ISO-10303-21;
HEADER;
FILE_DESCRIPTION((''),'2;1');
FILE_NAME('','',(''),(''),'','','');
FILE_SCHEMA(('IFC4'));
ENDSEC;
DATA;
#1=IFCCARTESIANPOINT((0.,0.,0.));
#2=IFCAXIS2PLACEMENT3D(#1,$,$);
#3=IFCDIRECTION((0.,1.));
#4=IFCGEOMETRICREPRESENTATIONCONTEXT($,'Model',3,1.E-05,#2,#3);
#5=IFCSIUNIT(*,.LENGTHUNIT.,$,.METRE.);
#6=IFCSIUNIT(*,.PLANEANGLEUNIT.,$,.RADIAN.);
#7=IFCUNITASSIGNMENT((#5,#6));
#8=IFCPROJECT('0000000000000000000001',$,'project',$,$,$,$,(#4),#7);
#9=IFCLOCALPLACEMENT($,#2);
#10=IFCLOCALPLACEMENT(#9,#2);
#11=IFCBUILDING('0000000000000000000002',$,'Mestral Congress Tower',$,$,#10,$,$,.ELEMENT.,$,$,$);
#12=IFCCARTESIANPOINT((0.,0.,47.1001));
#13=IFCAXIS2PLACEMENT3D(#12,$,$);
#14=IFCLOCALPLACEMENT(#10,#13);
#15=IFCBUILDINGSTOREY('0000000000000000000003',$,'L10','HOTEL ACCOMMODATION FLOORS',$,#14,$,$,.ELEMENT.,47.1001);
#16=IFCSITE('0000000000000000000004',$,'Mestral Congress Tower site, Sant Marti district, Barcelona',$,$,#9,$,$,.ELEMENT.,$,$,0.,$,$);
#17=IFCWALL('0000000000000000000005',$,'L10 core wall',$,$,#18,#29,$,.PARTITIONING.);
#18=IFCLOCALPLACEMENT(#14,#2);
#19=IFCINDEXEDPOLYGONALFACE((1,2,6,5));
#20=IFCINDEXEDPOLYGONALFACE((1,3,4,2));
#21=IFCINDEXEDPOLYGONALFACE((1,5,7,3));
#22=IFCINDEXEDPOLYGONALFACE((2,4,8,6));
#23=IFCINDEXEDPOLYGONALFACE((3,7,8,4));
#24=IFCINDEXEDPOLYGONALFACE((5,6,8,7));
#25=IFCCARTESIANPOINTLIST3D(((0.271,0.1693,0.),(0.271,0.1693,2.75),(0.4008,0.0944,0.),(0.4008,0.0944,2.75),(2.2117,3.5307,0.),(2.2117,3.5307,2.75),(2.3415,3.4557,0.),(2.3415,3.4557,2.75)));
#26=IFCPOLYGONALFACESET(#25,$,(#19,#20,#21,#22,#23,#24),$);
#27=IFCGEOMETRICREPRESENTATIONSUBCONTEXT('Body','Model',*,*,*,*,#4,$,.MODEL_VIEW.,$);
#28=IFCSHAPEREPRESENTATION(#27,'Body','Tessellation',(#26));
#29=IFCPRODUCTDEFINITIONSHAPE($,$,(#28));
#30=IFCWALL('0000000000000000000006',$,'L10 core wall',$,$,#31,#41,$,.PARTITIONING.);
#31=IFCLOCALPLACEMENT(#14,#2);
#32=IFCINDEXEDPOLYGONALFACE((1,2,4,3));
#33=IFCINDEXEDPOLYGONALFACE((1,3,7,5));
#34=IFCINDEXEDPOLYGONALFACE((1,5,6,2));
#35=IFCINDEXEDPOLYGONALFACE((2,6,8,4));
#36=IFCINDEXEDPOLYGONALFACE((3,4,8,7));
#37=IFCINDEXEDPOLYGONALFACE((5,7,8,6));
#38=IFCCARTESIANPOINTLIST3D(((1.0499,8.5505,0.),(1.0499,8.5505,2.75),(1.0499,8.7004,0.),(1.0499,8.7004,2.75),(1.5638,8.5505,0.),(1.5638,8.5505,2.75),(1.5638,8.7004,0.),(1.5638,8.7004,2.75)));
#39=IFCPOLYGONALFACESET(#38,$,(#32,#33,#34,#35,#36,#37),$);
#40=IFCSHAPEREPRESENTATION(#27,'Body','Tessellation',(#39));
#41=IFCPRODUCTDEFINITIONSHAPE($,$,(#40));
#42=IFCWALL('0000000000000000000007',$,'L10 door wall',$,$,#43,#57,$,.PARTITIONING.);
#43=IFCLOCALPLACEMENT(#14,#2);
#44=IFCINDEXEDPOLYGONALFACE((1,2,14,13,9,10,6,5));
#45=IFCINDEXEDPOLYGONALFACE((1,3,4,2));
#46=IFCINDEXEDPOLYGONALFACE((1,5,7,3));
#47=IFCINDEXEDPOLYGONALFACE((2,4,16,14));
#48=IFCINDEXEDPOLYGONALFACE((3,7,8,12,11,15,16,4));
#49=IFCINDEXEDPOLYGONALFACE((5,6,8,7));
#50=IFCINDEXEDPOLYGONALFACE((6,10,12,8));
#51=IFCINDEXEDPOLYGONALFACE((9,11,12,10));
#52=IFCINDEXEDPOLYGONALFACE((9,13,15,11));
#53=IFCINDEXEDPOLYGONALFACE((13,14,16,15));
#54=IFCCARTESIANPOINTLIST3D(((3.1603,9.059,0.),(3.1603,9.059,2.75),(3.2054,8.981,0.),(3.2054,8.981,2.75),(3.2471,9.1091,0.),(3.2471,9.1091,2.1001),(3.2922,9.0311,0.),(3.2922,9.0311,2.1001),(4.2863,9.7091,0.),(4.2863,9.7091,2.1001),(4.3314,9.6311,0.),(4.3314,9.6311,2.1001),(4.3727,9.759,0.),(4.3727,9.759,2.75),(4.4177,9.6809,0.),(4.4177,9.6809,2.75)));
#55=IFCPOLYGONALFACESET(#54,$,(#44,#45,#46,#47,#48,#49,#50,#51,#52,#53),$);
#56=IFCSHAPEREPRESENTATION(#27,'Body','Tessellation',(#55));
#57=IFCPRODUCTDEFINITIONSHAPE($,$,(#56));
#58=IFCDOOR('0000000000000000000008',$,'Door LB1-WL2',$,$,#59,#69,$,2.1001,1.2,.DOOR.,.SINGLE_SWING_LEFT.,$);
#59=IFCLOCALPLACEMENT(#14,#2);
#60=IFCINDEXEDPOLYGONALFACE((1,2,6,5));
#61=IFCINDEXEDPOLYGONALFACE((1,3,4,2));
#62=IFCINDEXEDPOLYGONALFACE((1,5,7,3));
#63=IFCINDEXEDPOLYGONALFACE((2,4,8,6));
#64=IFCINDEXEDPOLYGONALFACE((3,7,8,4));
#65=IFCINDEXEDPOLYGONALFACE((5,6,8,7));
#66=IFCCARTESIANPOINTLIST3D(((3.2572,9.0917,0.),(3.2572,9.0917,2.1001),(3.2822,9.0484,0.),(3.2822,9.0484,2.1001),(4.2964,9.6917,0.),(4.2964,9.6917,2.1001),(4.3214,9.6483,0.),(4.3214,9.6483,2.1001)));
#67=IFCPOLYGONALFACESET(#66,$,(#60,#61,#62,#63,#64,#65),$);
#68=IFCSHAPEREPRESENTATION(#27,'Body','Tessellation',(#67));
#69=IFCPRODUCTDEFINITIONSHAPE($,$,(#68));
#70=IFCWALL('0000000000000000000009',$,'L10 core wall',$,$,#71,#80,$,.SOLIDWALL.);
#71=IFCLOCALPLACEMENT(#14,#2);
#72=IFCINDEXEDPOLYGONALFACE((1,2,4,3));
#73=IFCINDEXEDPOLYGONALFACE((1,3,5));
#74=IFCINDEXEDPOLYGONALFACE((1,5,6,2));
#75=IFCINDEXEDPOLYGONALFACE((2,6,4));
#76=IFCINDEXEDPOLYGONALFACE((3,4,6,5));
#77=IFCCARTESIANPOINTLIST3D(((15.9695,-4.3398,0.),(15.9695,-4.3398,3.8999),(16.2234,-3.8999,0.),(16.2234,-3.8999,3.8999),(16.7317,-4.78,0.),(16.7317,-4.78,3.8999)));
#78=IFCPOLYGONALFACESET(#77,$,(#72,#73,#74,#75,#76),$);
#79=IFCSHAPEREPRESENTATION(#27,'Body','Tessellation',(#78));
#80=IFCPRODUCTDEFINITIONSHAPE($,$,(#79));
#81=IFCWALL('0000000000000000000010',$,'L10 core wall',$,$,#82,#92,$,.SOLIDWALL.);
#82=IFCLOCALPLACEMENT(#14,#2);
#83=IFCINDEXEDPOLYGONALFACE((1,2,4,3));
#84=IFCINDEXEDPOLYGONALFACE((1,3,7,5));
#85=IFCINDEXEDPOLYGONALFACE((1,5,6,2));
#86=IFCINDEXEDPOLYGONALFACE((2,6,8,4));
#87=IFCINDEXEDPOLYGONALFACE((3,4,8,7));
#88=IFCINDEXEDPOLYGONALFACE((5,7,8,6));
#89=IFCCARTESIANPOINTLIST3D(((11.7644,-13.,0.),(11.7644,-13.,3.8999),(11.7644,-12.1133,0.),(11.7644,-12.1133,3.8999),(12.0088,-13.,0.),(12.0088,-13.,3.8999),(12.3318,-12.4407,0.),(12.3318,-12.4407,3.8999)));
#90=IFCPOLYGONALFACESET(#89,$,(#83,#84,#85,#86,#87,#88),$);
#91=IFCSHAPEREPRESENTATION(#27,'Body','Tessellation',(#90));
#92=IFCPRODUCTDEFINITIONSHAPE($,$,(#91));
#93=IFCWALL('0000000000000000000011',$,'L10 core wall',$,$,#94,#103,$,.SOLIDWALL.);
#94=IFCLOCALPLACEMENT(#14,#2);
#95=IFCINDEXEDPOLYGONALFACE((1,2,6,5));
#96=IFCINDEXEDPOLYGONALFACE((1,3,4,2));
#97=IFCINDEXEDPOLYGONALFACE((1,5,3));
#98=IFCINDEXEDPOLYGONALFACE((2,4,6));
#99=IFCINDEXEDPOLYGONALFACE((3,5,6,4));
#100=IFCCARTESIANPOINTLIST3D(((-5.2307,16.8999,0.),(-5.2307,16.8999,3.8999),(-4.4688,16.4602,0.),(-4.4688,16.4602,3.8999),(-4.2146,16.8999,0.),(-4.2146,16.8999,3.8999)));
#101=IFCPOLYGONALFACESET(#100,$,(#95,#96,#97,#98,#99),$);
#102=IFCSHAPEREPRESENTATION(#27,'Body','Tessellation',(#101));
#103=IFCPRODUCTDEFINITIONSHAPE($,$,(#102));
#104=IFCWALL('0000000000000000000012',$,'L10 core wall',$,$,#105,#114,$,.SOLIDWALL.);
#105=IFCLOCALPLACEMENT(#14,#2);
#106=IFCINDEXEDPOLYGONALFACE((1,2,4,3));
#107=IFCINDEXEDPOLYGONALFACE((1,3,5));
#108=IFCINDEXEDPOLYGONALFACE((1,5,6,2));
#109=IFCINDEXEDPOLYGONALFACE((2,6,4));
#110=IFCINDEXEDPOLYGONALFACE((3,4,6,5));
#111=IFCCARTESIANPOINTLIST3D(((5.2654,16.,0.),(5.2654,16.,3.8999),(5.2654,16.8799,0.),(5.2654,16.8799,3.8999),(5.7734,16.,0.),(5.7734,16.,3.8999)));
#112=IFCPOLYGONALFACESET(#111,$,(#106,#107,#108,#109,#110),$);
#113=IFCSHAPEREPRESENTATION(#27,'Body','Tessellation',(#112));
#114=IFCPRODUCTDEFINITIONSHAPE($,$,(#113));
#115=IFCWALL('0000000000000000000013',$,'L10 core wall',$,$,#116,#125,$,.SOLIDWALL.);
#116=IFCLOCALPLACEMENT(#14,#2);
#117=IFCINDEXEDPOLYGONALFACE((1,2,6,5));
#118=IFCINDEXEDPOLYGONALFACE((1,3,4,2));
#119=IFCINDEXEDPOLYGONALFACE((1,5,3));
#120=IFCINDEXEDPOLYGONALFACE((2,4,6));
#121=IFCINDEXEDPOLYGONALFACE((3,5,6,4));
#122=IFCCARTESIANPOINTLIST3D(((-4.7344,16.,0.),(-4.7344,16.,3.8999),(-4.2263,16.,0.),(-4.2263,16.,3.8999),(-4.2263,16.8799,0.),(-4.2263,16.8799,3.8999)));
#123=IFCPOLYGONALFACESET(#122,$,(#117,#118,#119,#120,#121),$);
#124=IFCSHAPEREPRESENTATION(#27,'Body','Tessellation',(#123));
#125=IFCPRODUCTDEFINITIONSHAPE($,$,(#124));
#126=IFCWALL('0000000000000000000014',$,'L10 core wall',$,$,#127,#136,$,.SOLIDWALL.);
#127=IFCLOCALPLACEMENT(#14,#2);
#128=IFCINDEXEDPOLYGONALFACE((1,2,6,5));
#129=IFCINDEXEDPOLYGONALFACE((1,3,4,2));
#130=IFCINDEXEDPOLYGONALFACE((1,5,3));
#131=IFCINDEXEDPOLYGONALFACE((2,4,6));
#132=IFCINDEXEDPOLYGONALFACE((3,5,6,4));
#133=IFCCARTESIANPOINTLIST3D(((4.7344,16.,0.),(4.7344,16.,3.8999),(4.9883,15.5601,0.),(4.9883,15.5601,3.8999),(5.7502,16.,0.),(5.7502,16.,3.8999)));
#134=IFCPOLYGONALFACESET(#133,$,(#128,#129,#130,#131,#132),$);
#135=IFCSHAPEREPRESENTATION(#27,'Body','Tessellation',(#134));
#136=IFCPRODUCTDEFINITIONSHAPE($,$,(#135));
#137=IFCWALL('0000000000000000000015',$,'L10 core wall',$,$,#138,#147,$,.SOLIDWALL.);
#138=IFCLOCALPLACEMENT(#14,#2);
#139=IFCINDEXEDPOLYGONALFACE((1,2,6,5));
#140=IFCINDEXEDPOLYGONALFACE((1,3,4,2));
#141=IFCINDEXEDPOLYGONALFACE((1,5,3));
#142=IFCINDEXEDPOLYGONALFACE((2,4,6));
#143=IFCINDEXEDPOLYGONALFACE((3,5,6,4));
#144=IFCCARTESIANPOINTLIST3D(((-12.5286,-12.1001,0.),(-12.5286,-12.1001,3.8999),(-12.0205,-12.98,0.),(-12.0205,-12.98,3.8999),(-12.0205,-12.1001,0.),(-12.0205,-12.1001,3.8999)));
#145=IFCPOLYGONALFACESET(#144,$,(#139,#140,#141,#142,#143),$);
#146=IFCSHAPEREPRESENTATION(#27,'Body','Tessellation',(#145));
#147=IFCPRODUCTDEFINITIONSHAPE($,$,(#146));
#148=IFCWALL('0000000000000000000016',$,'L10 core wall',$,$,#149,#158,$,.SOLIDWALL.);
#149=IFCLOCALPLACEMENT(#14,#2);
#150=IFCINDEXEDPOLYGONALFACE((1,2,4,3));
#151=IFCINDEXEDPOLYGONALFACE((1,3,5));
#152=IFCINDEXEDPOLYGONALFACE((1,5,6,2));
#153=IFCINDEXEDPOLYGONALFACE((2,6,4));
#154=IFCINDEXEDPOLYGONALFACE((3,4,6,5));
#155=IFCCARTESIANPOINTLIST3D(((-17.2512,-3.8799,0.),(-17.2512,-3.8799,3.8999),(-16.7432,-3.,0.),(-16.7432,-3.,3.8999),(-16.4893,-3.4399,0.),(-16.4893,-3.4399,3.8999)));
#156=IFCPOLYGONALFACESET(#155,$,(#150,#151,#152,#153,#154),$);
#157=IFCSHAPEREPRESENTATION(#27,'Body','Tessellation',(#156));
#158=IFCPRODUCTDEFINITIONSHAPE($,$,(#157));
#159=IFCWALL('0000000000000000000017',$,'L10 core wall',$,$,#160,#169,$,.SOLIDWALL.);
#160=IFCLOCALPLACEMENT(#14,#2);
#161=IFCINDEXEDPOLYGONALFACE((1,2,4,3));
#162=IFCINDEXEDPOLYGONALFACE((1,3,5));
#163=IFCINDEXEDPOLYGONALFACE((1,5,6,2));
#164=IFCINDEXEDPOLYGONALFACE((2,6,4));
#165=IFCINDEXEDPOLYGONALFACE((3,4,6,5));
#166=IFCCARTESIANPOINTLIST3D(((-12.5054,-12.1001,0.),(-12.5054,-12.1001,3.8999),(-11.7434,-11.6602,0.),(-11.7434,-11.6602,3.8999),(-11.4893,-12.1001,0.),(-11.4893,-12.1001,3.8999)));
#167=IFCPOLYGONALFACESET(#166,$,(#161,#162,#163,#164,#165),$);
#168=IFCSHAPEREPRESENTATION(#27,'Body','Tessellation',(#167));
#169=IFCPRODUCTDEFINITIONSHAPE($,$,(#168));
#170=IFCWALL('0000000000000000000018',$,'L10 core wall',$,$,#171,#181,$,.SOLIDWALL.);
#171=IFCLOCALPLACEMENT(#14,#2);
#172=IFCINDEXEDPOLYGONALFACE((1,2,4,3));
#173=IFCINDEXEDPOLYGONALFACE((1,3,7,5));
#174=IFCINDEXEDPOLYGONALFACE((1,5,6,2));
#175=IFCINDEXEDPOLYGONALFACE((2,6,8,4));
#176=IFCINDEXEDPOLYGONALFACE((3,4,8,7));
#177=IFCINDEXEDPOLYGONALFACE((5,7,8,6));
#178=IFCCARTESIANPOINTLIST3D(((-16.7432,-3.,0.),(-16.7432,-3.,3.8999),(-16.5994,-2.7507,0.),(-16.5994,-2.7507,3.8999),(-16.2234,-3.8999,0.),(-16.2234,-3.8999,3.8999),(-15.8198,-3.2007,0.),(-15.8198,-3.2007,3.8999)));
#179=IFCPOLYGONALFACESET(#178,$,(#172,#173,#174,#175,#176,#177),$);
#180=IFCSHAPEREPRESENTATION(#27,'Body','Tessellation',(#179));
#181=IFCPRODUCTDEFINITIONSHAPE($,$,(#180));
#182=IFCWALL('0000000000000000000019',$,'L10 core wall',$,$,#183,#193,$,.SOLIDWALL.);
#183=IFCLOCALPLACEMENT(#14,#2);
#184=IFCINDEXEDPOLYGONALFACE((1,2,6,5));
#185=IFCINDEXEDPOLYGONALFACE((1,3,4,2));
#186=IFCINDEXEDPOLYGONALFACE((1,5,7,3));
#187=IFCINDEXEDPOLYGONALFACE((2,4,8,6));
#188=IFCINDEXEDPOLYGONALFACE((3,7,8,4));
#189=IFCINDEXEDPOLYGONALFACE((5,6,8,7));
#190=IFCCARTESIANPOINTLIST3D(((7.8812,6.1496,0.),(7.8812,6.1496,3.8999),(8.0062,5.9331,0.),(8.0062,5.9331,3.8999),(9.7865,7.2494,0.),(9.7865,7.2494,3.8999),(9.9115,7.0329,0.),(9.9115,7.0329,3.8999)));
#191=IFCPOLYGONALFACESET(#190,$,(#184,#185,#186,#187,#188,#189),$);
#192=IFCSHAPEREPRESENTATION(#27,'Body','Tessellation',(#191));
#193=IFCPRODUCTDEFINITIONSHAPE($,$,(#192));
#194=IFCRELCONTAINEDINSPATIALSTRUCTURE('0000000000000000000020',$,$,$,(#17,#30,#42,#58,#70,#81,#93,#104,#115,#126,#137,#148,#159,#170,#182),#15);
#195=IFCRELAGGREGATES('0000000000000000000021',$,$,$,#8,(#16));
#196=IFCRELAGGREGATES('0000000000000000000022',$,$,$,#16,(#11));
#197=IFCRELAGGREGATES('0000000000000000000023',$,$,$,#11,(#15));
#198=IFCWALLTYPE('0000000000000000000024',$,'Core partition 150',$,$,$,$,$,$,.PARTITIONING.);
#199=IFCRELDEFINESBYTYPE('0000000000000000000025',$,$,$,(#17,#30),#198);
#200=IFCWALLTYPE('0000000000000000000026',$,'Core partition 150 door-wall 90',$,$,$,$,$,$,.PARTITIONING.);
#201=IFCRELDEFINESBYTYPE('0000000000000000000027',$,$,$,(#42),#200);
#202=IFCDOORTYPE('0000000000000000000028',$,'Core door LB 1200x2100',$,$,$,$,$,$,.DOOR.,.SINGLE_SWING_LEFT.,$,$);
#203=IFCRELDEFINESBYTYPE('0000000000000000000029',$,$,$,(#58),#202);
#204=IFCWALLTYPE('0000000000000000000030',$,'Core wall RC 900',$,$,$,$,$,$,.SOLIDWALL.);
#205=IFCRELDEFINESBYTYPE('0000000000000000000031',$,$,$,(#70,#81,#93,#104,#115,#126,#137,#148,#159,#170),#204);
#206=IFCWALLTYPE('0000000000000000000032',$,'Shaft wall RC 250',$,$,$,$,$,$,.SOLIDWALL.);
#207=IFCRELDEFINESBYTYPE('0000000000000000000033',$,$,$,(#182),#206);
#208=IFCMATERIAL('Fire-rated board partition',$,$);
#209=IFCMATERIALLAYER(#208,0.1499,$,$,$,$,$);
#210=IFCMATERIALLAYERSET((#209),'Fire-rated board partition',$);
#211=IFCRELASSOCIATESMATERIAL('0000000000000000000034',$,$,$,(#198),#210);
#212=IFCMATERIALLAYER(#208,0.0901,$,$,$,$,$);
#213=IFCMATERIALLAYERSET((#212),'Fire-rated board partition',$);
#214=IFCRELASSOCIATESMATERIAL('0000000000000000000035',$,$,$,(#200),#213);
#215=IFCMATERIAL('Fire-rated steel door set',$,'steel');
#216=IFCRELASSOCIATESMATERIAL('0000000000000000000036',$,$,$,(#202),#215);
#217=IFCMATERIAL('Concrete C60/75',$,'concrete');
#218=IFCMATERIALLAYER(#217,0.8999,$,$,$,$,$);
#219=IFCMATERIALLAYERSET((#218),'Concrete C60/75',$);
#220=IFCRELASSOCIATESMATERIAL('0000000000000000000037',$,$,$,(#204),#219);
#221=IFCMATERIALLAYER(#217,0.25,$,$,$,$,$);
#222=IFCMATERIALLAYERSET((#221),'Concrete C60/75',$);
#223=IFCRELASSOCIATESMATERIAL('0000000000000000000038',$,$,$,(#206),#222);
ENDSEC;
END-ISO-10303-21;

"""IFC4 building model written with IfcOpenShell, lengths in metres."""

from ifc_helpers import new_model, si_unit, direction, frame, frame_2d, origin, place, context, subcontext, project, spatial, polyline, rectangle, outline, extrude, material, layer, layer_set, type_object, element, fill, save


model = new_model("IFC4")

# Units and contexts
model_context = context("Model", 3, precision=1e-05, world=origin(), true_north=direction((0.0, 1.0)))
body_context = subcontext(model_context, "Body", "Model", "MODEL_VIEW")
ifc_project = project(units=[si_unit("LENGTHUNIT", "METRE"), si_unit("PLANEANGLEUNIT", "RADIAN")], contexts=[model_context])

# Site, building, storey
site_placement = place(None, origin())
site = spatial("IfcSite", under=ifc_project, at=site_placement, Name="Mestral Congress Tower site, Sant Marti district, Barcelona", CompositionType="ELEMENT", RefElevation=0.0)
building_placement = place(site_placement, origin())
building = spatial("IfcBuilding", under=site, at=building_placement, Name="Mestral Congress Tower", CompositionType="ELEMENT")
storey_placement = place(building_placement, frame((0.0, 0.0, 47.1001)))
storey = spatial("IfcBuildingStorey", under=building, at=storey_placement, Name="L10", Description="HOTEL ACCOMMODATION FLOORS", CompositionType="ELEMENT", Elevation=47.1001)

# Walls
ifc_material_1 = material(Name="Fire-rated board partition")
ifc_layer_1 = layer(ifc_material_1, 0.1499)
ifc_layer_set_1 = layer_set([ifc_layer_1], Name="Fire-rated board partition")
wall_type_1 = type_object("IfcWallType", Name="Core partition 150", PredefinedType="PARTITIONING", material=ifc_layer_set_1)
wall_1_placement = place(storey_placement, frame((0.3359, 0.1318, 0.0), z_axis=(0.0, 0.0, 1.0), x_axis=(0.500002, 0.866024, 0.0)))
element("IfcWall", 1, at=wall_1_placement, inside=storey, type_object=wall_type_1, Name="L10 core wall", PredefinedType="PARTITIONING", context=body_context, shape_type="SweptSolid", body=[
    extrude(rectangle(XDim=3.8813, YDim=0.1499, at=frame_2d((1.9407, 0.0))), origin(), (0.0, 0.0, 1.0), 2.75),
])
wall_2_placement = place(storey_placement, frame((1.05, 8.6255, 0.0), z_axis=(0.0, 0.0, 1.0), x_axis=(1.0, 0.0, 0.0)))
element("IfcWall", 2, at=wall_2_placement, inside=storey, type_object=wall_type_1, Name="L10 core wall", PredefinedType="PARTITIONING", context=body_context, shape_type="SweptSolid", body=[
    extrude(rectangle(XDim=0.5139, YDim=0.1499, at=frame_2d((0.2568, 0.0))), origin(), (0.0, 0.0, 1.0), 2.75),
])

# Wall, opening, door
ifc_layer_2 = layer(ifc_material_1, 0.0901)
ifc_layer_set_2 = layer_set([ifc_layer_2], Name="Fire-rated board partition")
wall_type_2 = type_object("IfcWallType", Name="Core partition 150 door-wall 90", PredefinedType="PARTITIONING", material=ifc_layer_set_2)
wall_3_placement = place(storey_placement, frame((3.1829, 9.02, 0.0), z_axis=(0.0, 0.0, 1.0), x_axis=(0.866035, 0.499984, 0.0)))
wall_3 = element("IfcWall", 3, at=wall_3_placement, inside=storey, type_object=wall_type_2, Name="L10 door wall", PredefinedType="PARTITIONING", context=body_context, shape_type="SweptSolid", body=[
    extrude(rectangle(XDim=1.3999, YDim=0.0901, at=frame_2d((0.7, 0.0))), origin(), (0.0, 0.0, 1.0), 2.75),
])
opening_1_placement = place(wall_3_placement, frame((0.1001, 0.0, 0.0)))
opening_1 = element("IfcOpeningElement", 4, at=opening_1_placement, cuts=wall_3, PredefinedType="OPENING", context=body_context, shape_type="SweptSolid", body=[
    extrude(rectangle(XDim=1.2, YDim=2.1001, at=frame_2d((0.6001, 1.05))), frame((0.0, 0.0549, 0.0), z_axis=(0.0, -1.0, 0.0), x_axis=(1.0, 0.0, 0.0)), (0.0, 0.0, 1.0), 0.1101),
])
ifc_material_2 = material(Name="Fire-rated steel door set", Category="steel")
door_type_1 = type_object("IfcDoorType", Name="Core door LB 1200x2100", OperationType="SINGLE_SWING_LEFT", PredefinedType="DOOR", material=ifc_material_2)
door_1_placement = place(opening_1_placement, origin())
door_1 = element("IfcDoor", 5, at=door_1_placement, inside=storey, type_object=door_type_1, Name="Door LB1-WL2", OperationType="SINGLE_SWING_LEFT", OverallHeight=2.1001, OverallWidth=1.2, PredefinedType="DOOR", context=body_context, shape_type="SweptSolid", body=[
    extrude(rectangle(XDim=1.2, YDim=2.1001, at=frame_2d((0.6001, 1.05))), frame((0.0, 0.0249, 0.0), z_axis=(0.0, -1.0, 0.0), x_axis=(1.0, 0.0, 0.0)), (0.0, 0.0, 1.0), 0.05),
])
fill(opening_1, door_1)

# Walls
ifc_material_3 = material(Name="Concrete C60/75", Category="concrete")
ifc_layer_3 = layer(ifc_material_3, 0.8999)
ifc_layer_set_3 = layer_set([ifc_layer_3], Name="Concrete C60/75")
wall_type_3 = type_object("IfcWallType", Name="Core wall RC 900", PredefinedType="SOLIDWALL", material=ifc_layer_set_3)
placement = place(storey_placement, origin())
element("IfcWall", 6, at=placement, inside=storey, type_object=wall_type_3, Name="L10 core wall", PredefinedType="SOLIDWALL", context=body_context, shape_type="SweptSolid", body=[
    extrude(outline(polyline([(16.2234, -3.8999), (16.7317, -4.78), (15.9695, -4.3398), (16.2234, -3.8999)])), origin(), (0.0, 0.0, 1.0), 3.8999),
])
element("IfcWall", 7, at=placement, inside=storey, type_object=wall_type_3, Name="L10 core wall", PredefinedType="SOLIDWALL", context=body_context, shape_type="SweptSolid", body=[
    extrude(outline(polyline([(12.0088, -13.0), (11.7644, -13.0), (11.7644, -12.1133), (12.3318, -12.4407), (12.0088, -13.0)])), origin(), (0.0, 0.0, 1.0), 3.8999),
])
element("IfcWall", 8, at=placement, inside=storey, type_object=wall_type_3, Name="L10 core wall", PredefinedType="SOLIDWALL", context=body_context, shape_type="SweptSolid", body=[
    extrude(outline(polyline([(-4.2146, 16.8999), (-4.4688, 16.4602), (-5.2307, 16.8999), (-4.2146, 16.8999)])), origin(), (0.0, 0.0, 1.0), 3.8999),
])
element("IfcWall", 9, at=placement, inside=storey, type_object=wall_type_3, Name="L10 core wall", PredefinedType="SOLIDWALL", context=body_context, shape_type="SweptSolid", body=[
    extrude(outline(polyline([(5.2654, 16.0), (5.2654, 16.8799), (5.7734, 16.0), (5.2654, 16.0)])), origin(), (0.0, 0.0, 1.0), 3.8999),
])
element("IfcWall", 10, at=placement, inside=storey, type_object=wall_type_3, Name="L10 core wall", PredefinedType="SOLIDWALL", context=body_context, shape_type="SweptSolid", body=[
    extrude(outline(polyline([(-4.7344, 16.0), (-4.2263, 16.8799), (-4.2263, 16.0), (-4.7344, 16.0)])), origin(), (0.0, 0.0, 1.0), 3.8999),
])
element("IfcWall", 11, at=placement, inside=storey, type_object=wall_type_3, Name="L10 core wall", PredefinedType="SOLIDWALL", context=body_context, shape_type="SweptSolid", body=[
    extrude(outline(polyline([(4.7344, 16.0), (5.7502, 16.0), (4.9883, 15.5601), (4.7344, 16.0)])), origin(), (0.0, 0.0, 1.0), 3.8999),
])
element("IfcWall", 12, at=placement, inside=storey, type_object=wall_type_3, Name="L10 core wall", PredefinedType="SOLIDWALL", context=body_context, shape_type="SweptSolid", body=[
    extrude(outline(polyline([(-12.5286, -12.1001), (-12.0205, -12.1001), (-12.0205, -12.98), (-12.5286, -12.1001)])), origin(), (0.0, 0.0, 1.0), 3.8999),
])
element("IfcWall", 13, at=placement, inside=storey, type_object=wall_type_3, Name="L10 core wall", PredefinedType="SOLIDWALL", context=body_context, shape_type="SweptSolid", body=[
    extrude(outline(polyline([(-16.4893, -3.4399), (-17.2512, -3.8799), (-16.7432, -3.0), (-16.4893, -3.4399)])), origin(), (0.0, 0.0, 1.0), 3.8999),
])
element("IfcWall", 14, at=placement, inside=storey, type_object=wall_type_3, Name="L10 core wall", PredefinedType="SOLIDWALL", context=body_context, shape_type="SweptSolid", body=[
    extrude(outline(polyline([(-11.4893, -12.1001), (-12.5054, -12.1001), (-11.7434, -11.6602), (-11.4893, -12.1001)])), origin(), (0.0, 0.0, 1.0), 3.8999),
])
element("IfcWall", 15, at=placement, inside=storey, type_object=wall_type_3, Name="L10 core wall", PredefinedType="SOLIDWALL", context=body_context, shape_type="SweptSolid", body=[
    extrude(outline(polyline([(-15.8198, -3.2007), (-16.2234, -3.8999), (-16.7432, -3.0), (-16.5994, -2.7507), (-15.8198, -3.2007)])), origin(), (0.0, 0.0, 1.0), 3.8999),
])
ifc_layer_4 = layer(ifc_material_3, 0.25)
ifc_layer_set_4 = layer_set([ifc_layer_4], Name="Concrete C60/75")
wall_type_4 = type_object("IfcWallType", Name="Shaft wall RC 250", PredefinedType="SOLIDWALL", material=ifc_layer_set_4)
for number, where, z_axis, x_axis, name in (
    (16, (7.9436, 6.0413, 0.0), (0.0, 0.0, 1.0), (0.866056, 0.499947, 0.0), "L10 core wall"),
):
    element("IfcWall", number, at=place(storey_placement, frame(where, z_axis=z_axis, x_axis=x_axis)), inside=storey, type_object=wall_type_4, Name=name, PredefinedType="SOLIDWALL", context=body_context, shape_type="SweptSolid", body=[
        extrude(rectangle(XDim=2.2, YDim=0.25, at=frame_2d((1.1001, 0.0))), origin(), (0.0, 0.0, 1.0), 3.8999),
    ])

save(model, "model.ifc")
